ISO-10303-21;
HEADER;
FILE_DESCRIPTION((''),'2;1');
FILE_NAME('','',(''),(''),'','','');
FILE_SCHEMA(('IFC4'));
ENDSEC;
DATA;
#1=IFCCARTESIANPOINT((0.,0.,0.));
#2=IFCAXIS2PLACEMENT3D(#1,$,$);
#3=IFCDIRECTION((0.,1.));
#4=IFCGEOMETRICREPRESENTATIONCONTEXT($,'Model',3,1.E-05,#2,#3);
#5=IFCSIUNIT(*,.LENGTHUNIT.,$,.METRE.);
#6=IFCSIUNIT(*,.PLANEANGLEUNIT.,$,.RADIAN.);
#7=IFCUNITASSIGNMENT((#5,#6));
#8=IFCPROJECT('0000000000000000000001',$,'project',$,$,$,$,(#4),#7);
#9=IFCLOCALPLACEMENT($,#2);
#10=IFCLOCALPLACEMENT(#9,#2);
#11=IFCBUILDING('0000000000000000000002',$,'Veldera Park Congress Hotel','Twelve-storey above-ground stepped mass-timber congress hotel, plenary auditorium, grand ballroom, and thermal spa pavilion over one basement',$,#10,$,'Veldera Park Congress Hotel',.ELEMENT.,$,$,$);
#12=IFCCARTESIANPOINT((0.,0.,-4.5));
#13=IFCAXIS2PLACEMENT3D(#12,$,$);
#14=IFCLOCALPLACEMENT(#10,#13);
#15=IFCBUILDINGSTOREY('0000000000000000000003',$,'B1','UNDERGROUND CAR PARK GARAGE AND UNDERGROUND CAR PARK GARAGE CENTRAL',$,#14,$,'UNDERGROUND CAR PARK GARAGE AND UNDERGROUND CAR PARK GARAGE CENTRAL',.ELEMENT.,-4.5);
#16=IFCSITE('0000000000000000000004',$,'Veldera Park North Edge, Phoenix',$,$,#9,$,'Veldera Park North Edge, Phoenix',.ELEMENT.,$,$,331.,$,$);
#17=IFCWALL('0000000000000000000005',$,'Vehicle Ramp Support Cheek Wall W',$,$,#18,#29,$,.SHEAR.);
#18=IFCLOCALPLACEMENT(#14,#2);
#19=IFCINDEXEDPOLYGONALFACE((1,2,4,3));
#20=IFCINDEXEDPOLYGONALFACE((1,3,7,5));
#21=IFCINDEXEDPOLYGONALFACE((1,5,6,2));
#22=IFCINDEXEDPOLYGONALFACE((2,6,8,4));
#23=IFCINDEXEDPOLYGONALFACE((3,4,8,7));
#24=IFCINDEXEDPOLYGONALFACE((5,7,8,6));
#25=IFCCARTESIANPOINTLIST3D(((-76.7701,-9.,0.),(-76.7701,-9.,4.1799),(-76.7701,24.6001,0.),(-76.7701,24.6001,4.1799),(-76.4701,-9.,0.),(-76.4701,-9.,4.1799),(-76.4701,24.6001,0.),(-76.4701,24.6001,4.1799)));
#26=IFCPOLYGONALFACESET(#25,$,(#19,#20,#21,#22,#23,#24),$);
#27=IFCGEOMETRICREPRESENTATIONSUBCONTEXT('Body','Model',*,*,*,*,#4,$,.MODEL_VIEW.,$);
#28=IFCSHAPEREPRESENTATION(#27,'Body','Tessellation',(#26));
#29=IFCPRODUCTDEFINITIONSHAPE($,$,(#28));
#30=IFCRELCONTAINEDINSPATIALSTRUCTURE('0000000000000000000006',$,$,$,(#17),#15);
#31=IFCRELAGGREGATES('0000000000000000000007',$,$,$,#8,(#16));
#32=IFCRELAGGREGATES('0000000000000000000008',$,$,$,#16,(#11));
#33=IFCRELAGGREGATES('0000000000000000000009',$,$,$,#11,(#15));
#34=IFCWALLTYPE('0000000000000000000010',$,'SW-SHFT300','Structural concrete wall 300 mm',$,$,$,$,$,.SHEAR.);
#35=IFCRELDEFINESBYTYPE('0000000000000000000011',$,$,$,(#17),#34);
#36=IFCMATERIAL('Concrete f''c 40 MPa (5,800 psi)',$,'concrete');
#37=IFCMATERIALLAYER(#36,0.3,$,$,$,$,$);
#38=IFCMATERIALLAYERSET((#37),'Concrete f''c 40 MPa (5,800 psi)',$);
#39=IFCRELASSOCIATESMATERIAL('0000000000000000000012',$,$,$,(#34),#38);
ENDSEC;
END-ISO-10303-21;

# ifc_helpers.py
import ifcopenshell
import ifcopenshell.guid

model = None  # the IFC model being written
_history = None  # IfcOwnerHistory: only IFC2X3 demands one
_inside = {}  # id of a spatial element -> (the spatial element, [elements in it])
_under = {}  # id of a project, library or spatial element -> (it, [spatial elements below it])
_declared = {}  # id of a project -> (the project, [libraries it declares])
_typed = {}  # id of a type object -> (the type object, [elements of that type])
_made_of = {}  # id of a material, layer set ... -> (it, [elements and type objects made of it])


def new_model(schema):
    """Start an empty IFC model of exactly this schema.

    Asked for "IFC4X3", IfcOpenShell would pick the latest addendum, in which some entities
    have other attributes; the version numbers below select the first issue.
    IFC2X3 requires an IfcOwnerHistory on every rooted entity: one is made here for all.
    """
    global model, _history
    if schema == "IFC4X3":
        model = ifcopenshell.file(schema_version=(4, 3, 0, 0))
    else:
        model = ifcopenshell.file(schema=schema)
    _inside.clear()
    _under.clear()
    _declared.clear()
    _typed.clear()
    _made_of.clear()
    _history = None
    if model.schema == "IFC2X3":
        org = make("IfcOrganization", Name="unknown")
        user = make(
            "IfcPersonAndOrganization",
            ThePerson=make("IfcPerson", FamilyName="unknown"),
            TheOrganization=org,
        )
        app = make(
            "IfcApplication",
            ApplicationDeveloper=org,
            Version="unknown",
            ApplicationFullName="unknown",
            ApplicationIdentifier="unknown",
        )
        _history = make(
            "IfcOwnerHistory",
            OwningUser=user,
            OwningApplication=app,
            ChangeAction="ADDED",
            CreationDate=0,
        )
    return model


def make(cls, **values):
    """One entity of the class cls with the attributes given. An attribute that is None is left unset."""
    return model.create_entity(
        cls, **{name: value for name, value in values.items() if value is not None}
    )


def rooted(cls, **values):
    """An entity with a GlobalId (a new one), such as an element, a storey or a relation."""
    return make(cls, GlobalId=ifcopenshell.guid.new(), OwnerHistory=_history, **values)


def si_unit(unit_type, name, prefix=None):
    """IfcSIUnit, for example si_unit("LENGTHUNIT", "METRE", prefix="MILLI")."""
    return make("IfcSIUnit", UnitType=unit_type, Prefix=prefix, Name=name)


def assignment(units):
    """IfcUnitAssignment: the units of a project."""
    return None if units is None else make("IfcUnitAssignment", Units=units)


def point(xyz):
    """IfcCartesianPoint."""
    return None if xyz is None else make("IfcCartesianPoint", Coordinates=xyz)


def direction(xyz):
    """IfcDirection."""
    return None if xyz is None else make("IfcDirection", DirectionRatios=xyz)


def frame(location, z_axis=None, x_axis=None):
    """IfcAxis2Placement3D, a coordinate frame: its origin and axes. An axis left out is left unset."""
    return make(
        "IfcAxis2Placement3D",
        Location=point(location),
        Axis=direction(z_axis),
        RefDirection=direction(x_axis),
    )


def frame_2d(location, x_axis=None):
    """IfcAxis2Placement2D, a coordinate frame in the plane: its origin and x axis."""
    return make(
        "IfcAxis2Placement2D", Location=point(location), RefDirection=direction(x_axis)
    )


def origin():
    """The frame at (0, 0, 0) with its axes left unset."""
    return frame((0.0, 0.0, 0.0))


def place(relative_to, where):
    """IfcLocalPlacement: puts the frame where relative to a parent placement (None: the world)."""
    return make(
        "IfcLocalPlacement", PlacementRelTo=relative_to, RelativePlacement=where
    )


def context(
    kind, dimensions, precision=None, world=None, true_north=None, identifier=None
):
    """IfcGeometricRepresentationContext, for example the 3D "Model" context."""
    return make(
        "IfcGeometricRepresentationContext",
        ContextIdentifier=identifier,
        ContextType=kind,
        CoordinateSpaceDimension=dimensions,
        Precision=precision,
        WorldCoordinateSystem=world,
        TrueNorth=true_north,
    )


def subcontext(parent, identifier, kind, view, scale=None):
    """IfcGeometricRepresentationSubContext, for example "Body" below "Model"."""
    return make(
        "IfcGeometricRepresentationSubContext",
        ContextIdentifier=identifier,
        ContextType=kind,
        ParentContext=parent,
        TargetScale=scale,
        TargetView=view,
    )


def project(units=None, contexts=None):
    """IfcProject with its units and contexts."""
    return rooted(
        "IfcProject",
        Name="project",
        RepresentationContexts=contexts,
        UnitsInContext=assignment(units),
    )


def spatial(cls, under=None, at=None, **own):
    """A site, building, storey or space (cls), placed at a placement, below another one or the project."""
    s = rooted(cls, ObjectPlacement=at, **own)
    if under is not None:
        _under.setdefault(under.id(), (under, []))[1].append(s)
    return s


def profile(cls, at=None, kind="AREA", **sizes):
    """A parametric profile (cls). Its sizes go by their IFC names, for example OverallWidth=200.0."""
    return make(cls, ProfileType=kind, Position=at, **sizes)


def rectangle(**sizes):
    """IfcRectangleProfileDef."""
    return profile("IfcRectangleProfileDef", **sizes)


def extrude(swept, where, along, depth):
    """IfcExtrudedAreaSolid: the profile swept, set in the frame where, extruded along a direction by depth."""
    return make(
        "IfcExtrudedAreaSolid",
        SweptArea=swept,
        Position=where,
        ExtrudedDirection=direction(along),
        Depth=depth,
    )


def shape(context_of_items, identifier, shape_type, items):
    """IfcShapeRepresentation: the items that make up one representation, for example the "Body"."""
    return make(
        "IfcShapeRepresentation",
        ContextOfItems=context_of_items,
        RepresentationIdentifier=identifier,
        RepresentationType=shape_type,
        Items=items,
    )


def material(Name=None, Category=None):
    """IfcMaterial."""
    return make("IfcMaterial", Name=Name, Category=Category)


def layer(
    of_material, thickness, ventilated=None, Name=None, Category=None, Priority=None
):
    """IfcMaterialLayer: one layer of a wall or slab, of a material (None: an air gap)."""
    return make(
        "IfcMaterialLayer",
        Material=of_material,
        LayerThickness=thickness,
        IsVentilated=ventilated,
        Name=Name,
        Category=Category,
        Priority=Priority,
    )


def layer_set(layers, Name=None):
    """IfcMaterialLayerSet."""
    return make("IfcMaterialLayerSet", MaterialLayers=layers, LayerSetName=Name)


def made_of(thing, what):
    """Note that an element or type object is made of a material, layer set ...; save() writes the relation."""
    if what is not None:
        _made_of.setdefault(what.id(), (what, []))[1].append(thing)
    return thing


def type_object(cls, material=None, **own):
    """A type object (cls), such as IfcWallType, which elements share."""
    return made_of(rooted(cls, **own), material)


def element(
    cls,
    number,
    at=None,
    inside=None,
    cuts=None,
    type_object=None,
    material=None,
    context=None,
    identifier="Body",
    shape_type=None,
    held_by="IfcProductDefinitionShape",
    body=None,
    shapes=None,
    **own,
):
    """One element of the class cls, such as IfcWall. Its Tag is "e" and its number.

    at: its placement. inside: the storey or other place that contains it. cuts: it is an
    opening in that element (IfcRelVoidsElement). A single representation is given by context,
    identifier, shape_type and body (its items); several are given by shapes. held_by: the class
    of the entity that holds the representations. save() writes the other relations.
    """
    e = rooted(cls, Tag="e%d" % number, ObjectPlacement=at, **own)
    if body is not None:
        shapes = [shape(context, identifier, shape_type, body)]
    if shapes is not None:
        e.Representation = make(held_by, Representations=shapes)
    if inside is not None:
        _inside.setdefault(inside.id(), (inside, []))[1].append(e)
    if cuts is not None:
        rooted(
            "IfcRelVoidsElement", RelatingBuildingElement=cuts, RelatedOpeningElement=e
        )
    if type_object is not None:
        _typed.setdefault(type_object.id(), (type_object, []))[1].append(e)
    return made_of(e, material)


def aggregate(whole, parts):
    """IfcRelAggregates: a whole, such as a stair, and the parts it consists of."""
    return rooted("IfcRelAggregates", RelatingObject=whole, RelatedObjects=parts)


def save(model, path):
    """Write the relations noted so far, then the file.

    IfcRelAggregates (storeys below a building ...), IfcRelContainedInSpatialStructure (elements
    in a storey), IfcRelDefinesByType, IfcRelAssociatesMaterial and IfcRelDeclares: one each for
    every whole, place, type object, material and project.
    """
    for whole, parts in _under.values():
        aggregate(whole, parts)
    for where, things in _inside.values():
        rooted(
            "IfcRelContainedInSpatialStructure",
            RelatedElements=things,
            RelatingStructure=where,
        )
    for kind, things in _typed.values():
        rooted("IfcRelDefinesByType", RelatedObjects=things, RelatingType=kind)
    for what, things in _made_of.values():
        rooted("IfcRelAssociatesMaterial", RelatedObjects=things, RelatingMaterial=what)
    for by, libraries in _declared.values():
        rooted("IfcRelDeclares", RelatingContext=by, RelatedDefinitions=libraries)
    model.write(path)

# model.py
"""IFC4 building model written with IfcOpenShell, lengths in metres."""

from ifc_helpers import new_model, si_unit, direction, frame, frame_2d, origin, place, context, subcontext, project, spatial, rectangle, extrude, material, layer, layer_set, type_object, element, save


model = new_model("IFC4")

# Units and contexts
model_context = context("Model", 3, precision=1e-05, world=origin(), true_north=direction((0.0, 1.0)))
body_context = subcontext(model_context, "Body", "Model", "MODEL_VIEW")
ifc_project = project(units=[si_unit("LENGTHUNIT", "METRE"), si_unit("PLANEANGLEUNIT", "RADIAN")], contexts=[model_context])

# Site, building, storey
site_placement = place(None, origin())
site = spatial("IfcSite", under=ifc_project, at=site_placement, Name="Veldera Park North Edge, Phoenix", LongName="Veldera Park North Edge, Phoenix", CompositionType="ELEMENT", RefElevation=331.0)
building_placement = place(site_placement, origin())
building = spatial("IfcBuilding", under=site, at=building_placement, Name="Veldera Park Congress Hotel", Description="Twelve-storey above-ground stepped mass-timber congress hotel, plenary auditorium, grand ballroom, and thermal spa pavilion over one basement", LongName="Veldera Park Congress Hotel", CompositionType="ELEMENT")
storey_placement = place(building_placement, frame((0.0, 0.0, -4.5)))
storey = spatial("IfcBuildingStorey", under=building, at=storey_placement, Name="B1", Description="UNDERGROUND CAR PARK GARAGE AND UNDERGROUND CAR PARK GARAGE CENTRAL", LongName="UNDERGROUND CAR PARK GARAGE AND UNDERGROUND CAR PARK GARAGE CENTRAL", CompositionType="ELEMENT", Elevation=-4.5)

# Shared definitions
ifc_material_1 = material(Name="Concrete f'c 40 MPa (5,800 psi)", Category="concrete")

# Wall
ifc_layer_1 = layer(ifc_material_1, 0.3)
ifc_layer_set_1 = layer_set([ifc_layer_1], Name="Concrete f'c 40 MPa (5,800 psi)")
wall_type_1 = type_object("IfcWallType", Name="SW-SHFT300", Description="Structural concrete wall 300 mm", PredefinedType="SHEAR", material=ifc_layer_set_1)
wall_1_placement = place(storey_placement, frame((-76.6201, -9.0, 0.0), z_axis=(0.0, 0.0, 1.0), x_axis=(0.0, 1.0, 0.0)))
element("IfcWall", 1, at=wall_1_placement, inside=storey, type_object=wall_type_1, Name="Vehicle Ramp Support Cheek Wall W", PredefinedType="SHEAR", context=body_context, shape_type="SweptSolid", body=[
    extrude(rectangle(XDim=33.6001, YDim=0.3, at=frame_2d((16.8, 0.0))), origin(), (0.0, 0.0, 1.0), 4.1799),
])

save(model, "model.ifc")
